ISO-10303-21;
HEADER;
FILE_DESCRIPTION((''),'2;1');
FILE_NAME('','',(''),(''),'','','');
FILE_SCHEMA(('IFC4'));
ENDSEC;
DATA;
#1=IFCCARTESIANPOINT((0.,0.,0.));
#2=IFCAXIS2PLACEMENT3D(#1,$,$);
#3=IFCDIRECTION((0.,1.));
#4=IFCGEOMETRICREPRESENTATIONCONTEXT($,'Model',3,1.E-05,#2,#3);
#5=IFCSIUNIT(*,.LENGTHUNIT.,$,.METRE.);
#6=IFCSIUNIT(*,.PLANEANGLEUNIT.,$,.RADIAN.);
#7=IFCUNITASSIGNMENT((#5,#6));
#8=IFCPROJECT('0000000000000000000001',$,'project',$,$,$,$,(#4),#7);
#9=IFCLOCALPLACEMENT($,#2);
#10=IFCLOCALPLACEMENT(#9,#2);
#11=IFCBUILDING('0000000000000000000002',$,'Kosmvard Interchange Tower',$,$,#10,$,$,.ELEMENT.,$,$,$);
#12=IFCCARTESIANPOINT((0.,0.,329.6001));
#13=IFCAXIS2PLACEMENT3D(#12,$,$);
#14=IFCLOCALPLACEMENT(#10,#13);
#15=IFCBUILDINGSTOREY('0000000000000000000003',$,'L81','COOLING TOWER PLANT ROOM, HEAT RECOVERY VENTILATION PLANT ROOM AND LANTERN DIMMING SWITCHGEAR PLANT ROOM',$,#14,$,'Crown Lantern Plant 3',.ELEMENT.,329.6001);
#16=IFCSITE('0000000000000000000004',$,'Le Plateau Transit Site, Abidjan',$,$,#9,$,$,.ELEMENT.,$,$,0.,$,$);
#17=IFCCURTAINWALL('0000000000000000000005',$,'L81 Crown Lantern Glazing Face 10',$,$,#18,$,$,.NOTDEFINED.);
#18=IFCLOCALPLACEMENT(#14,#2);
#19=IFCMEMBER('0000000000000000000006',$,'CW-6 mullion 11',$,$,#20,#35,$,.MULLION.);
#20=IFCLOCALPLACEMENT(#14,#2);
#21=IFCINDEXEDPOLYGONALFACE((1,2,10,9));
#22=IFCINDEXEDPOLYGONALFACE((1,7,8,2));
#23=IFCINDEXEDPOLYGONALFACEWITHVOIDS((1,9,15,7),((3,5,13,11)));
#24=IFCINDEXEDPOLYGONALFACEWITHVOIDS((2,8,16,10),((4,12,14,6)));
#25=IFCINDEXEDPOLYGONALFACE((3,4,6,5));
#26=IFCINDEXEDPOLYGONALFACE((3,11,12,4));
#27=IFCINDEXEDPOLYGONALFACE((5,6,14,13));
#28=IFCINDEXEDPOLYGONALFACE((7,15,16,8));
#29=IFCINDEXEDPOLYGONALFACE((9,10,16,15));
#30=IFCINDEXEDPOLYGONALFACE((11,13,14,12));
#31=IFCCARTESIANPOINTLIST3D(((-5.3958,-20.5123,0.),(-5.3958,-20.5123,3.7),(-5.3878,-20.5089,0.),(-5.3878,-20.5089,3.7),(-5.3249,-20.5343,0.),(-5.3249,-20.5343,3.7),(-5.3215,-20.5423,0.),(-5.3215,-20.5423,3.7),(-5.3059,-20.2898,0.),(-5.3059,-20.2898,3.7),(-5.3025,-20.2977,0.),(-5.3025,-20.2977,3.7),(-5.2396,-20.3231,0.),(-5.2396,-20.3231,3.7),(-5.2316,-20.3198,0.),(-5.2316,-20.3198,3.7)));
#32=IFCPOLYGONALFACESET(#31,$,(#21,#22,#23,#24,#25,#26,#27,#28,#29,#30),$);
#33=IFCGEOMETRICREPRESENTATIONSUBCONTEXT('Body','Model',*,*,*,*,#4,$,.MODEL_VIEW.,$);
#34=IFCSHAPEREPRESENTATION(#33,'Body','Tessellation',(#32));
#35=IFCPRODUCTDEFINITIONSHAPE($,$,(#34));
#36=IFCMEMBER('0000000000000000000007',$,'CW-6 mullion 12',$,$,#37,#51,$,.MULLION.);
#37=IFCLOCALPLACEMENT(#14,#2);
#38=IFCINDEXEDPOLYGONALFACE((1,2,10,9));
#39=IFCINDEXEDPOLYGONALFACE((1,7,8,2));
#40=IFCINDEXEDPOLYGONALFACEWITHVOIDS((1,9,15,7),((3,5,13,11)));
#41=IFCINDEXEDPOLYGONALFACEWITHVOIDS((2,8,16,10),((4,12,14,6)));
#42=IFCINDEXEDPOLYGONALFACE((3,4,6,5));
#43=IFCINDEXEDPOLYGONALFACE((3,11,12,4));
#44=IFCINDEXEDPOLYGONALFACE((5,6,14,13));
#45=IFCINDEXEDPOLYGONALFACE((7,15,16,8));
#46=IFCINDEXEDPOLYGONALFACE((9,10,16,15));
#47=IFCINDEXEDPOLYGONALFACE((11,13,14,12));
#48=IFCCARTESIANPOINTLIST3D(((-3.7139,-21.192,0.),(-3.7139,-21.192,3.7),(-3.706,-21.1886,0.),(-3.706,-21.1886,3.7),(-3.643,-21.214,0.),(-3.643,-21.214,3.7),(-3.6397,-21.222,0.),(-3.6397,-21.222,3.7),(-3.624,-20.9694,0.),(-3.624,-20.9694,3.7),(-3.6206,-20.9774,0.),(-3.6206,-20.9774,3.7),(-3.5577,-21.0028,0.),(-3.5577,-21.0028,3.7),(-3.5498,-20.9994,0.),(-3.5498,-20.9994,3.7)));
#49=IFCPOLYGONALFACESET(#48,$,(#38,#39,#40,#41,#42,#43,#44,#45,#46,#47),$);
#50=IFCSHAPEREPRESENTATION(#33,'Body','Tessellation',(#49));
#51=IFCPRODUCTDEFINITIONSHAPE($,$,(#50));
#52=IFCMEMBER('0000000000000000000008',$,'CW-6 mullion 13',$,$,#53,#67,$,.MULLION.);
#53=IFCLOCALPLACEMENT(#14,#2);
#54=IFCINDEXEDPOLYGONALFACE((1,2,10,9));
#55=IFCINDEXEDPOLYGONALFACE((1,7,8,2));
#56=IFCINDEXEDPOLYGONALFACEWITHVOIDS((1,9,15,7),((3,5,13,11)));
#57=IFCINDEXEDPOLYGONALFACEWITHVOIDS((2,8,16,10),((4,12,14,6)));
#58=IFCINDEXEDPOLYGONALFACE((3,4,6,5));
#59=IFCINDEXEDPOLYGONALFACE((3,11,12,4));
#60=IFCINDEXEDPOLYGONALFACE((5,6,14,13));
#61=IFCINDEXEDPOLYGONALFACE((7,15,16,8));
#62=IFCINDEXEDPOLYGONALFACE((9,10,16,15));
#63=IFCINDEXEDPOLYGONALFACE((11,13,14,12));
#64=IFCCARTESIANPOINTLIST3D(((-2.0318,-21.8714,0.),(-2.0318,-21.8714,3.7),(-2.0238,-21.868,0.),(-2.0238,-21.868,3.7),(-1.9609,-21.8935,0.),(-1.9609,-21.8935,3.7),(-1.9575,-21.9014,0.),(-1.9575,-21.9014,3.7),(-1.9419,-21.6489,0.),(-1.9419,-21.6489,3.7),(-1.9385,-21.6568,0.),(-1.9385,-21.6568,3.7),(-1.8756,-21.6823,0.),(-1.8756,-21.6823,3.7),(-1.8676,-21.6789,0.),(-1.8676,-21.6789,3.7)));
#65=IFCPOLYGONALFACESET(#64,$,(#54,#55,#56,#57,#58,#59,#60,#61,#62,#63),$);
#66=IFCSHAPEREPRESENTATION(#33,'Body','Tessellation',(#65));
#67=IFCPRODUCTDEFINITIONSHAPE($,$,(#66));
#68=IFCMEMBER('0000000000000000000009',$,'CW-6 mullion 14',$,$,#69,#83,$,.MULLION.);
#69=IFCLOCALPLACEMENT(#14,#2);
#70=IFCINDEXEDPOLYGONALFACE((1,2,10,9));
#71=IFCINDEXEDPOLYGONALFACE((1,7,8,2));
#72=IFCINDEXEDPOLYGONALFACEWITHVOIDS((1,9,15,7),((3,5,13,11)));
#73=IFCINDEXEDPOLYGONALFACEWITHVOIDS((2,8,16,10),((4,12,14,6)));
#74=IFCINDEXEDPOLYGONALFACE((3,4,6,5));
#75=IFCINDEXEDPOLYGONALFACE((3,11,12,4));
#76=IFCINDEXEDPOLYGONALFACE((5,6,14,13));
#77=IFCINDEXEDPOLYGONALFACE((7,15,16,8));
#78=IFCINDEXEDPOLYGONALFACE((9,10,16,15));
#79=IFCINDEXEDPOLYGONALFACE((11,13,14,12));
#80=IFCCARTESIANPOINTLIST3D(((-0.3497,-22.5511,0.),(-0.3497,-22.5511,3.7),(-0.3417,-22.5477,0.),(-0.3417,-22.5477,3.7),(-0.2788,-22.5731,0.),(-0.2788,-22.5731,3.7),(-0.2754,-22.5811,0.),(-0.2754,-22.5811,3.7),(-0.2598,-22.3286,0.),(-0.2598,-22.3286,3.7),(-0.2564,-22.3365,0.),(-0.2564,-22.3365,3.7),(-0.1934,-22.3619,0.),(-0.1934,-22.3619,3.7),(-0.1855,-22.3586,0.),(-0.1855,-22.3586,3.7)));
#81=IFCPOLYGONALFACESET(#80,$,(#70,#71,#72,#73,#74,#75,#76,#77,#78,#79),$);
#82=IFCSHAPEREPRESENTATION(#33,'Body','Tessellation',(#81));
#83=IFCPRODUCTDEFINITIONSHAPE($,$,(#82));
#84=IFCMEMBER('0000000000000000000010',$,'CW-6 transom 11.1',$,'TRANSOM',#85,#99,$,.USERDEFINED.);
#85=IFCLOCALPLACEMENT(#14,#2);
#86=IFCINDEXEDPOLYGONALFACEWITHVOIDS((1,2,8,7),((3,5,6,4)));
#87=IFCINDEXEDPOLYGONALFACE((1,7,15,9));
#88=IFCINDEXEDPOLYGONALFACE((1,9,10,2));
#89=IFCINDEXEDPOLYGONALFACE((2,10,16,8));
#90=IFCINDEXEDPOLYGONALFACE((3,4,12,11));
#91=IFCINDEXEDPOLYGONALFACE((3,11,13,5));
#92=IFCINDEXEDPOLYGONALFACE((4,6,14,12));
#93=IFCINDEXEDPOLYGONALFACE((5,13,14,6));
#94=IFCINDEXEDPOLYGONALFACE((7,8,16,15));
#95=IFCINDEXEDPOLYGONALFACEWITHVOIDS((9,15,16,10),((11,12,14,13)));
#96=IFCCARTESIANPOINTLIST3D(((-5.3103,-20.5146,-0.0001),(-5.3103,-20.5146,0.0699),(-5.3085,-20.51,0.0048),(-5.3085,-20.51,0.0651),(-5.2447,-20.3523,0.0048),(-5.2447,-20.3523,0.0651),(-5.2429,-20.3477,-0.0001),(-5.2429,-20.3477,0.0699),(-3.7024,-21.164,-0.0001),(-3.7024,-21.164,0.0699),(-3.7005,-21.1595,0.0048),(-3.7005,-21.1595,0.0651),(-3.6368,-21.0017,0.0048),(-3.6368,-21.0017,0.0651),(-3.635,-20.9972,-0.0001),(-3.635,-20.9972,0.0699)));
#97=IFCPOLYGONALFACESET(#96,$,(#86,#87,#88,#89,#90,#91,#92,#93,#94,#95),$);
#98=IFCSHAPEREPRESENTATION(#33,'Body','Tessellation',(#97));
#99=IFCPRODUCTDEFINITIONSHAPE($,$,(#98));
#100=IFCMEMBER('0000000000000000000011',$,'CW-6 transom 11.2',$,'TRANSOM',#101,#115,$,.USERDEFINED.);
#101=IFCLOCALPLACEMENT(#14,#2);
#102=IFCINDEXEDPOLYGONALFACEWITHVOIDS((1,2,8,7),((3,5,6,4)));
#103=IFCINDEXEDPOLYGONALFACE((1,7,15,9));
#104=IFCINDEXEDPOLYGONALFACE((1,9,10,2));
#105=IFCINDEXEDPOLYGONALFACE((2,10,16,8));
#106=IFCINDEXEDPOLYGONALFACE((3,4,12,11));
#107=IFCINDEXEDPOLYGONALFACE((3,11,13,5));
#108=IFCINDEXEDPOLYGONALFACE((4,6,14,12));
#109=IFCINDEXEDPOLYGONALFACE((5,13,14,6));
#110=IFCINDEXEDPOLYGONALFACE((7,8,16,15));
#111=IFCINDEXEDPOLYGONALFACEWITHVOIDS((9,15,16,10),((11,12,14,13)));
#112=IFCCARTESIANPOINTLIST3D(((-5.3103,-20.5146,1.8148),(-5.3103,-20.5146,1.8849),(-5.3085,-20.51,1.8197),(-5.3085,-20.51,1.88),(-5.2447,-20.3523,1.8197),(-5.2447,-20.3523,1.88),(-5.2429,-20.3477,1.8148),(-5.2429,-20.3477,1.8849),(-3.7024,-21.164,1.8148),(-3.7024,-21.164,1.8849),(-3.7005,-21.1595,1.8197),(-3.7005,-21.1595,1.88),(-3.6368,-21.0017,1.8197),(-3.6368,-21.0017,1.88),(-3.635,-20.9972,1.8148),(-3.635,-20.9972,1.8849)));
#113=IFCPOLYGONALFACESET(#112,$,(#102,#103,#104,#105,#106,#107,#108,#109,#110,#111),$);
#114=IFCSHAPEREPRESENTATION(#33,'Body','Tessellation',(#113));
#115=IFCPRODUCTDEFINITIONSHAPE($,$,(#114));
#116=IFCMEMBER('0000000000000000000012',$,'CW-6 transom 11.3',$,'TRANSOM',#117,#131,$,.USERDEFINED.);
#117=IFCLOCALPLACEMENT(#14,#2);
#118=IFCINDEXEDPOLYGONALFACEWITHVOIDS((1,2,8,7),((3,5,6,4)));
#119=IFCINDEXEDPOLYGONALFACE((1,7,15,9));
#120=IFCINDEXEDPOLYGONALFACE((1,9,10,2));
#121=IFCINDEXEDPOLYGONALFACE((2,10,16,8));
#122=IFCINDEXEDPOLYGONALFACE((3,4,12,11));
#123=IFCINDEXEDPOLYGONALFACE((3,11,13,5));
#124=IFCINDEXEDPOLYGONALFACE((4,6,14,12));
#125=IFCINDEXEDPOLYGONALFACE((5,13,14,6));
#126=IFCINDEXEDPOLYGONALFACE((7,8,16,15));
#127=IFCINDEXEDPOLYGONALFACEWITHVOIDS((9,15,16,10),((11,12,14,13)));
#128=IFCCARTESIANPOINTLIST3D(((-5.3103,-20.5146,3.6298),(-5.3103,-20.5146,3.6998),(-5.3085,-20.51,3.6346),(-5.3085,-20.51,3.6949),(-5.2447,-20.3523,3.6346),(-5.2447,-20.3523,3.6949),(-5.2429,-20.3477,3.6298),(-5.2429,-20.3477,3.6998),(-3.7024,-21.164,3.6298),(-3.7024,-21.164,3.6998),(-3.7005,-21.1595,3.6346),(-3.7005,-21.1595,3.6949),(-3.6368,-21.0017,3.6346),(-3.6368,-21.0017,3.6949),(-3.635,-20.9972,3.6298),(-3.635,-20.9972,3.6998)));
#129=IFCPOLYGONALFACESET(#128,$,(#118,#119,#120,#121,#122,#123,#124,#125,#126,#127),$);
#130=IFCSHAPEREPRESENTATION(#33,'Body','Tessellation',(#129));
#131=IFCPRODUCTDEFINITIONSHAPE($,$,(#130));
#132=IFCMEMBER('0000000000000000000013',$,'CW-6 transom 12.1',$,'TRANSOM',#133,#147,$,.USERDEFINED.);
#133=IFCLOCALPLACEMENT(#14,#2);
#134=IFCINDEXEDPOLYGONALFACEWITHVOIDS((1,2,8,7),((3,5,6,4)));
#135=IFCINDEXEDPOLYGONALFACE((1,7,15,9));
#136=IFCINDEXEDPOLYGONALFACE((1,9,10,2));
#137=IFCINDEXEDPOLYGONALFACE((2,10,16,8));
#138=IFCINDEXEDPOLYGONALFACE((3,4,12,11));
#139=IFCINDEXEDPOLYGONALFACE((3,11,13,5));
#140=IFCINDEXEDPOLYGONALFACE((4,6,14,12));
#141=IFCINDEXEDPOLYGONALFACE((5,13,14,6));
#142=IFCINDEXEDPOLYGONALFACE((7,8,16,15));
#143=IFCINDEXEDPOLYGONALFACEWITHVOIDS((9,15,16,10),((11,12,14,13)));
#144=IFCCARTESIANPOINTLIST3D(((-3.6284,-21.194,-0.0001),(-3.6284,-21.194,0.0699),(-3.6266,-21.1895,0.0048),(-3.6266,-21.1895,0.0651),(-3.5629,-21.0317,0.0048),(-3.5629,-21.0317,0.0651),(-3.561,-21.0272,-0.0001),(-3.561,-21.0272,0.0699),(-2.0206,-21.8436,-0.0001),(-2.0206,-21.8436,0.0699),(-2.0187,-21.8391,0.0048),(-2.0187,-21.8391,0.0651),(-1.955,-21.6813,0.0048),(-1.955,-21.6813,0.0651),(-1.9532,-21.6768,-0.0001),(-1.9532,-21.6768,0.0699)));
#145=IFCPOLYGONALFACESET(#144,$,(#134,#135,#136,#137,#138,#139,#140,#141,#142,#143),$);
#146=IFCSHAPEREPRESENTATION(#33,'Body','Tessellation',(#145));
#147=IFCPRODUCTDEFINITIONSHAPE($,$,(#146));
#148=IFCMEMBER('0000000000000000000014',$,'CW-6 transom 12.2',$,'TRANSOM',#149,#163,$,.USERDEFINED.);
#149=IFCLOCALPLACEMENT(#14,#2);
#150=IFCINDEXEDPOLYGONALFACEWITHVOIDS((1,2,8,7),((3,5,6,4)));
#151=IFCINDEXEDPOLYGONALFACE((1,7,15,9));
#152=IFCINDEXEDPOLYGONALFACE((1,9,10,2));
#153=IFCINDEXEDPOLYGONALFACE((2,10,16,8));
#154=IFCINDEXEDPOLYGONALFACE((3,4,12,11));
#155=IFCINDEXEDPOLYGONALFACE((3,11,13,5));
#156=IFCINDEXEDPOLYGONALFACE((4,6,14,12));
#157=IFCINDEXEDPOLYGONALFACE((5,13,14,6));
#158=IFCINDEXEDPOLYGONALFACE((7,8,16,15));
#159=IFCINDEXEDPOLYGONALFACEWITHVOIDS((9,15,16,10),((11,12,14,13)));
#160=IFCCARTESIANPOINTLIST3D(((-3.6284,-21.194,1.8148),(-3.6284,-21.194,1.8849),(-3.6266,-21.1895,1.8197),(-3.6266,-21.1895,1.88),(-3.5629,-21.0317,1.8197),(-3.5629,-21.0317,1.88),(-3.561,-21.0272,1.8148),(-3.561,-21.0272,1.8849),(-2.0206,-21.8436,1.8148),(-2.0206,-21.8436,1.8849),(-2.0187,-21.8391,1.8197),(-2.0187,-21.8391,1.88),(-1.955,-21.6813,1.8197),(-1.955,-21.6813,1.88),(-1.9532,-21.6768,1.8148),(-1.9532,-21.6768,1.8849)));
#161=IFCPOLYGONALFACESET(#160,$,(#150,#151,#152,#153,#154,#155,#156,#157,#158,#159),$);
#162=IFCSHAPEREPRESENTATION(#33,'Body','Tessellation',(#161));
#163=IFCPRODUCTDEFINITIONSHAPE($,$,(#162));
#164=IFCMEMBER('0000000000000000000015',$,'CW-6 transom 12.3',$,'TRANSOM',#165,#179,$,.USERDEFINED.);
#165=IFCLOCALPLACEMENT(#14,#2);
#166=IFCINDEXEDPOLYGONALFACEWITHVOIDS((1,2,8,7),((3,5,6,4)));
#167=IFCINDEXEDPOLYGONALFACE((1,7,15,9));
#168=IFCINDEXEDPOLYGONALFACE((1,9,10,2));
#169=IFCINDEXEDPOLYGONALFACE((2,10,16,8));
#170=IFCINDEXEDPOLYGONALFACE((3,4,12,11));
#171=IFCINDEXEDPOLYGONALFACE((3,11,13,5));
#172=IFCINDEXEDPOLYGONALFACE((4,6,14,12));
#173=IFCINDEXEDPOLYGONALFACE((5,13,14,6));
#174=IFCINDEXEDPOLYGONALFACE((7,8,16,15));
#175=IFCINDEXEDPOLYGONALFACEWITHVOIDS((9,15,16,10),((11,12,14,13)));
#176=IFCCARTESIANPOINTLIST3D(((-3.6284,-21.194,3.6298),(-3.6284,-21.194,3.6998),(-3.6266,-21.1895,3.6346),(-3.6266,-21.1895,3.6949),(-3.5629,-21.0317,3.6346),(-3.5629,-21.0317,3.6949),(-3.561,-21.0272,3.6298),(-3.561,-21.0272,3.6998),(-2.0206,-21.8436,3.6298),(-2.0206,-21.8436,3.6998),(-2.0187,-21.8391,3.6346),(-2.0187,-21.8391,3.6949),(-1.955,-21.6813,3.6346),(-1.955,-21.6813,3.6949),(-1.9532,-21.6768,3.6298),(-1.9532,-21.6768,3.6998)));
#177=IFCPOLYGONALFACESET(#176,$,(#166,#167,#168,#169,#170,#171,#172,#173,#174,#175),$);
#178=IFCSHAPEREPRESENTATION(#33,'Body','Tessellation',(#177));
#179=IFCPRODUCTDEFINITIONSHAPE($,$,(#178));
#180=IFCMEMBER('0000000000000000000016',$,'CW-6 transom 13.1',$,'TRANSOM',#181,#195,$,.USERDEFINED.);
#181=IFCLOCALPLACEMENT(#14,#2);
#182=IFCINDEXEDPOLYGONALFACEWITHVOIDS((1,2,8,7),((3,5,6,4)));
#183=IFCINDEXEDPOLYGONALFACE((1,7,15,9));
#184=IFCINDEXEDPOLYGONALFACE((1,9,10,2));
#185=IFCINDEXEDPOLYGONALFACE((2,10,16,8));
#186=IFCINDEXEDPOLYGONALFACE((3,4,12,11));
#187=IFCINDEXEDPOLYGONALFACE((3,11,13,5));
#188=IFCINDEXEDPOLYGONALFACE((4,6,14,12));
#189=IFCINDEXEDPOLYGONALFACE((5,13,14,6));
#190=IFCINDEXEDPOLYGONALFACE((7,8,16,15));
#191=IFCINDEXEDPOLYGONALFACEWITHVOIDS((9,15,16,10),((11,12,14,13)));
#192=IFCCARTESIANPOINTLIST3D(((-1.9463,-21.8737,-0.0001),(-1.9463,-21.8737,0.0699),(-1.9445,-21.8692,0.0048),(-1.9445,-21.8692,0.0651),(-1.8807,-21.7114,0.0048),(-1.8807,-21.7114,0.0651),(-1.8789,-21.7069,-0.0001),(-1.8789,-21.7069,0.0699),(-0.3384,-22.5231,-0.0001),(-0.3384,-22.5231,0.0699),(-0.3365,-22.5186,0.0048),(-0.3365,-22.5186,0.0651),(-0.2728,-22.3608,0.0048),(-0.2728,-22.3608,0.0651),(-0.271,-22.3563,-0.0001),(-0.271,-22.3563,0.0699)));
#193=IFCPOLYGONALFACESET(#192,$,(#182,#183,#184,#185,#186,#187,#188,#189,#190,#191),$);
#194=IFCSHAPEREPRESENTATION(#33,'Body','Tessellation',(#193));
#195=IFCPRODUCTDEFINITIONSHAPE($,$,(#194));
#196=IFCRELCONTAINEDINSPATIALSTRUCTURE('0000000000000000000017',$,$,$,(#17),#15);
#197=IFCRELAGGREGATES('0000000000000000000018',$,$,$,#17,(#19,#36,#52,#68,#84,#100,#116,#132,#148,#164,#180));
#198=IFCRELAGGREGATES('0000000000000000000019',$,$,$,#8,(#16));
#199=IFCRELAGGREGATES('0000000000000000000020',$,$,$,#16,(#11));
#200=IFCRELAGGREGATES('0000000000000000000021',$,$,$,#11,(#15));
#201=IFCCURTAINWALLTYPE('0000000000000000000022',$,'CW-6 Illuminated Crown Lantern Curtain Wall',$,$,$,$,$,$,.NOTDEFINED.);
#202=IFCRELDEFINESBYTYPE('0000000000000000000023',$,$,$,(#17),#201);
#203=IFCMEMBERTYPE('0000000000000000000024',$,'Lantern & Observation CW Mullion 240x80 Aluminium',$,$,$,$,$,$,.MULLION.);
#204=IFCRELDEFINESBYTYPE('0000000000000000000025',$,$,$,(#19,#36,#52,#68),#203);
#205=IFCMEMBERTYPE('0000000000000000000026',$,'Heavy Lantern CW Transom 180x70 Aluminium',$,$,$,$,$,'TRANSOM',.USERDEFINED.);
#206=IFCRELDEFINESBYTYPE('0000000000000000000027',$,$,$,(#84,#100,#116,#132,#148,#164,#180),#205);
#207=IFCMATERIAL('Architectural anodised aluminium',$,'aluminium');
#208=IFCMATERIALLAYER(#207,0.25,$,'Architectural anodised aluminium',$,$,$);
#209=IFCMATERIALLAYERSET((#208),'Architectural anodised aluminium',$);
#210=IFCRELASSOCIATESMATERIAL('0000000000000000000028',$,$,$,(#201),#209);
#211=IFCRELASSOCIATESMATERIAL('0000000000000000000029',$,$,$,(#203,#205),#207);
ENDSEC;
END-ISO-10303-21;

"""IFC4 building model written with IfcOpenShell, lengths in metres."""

from ifc_helpers import new_model, si_unit, direction, frame, origin, origin_2d, place, context, subcontext, project, spatial, hollow_rectangle, extrude, source, transform, mapped, material, layer, layer_set, material_profile, profile_set, type_object, element, aggregate, save


model = new_model("IFC4")

# Units and contexts
model_context = context("Model", 3, precision=1e-05, world=origin(), true_north=direction((0.0, 1.0)))
body_context = subcontext(model_context, "Body", "Model", "MODEL_VIEW")
ifc_project = project(units=[si_unit("LENGTHUNIT", "METRE"), si_unit("PLANEANGLEUNIT", "RADIAN")], contexts=[model_context])

# Site, building, storey
site_placement = place(None, origin())
site = spatial("IfcSite", under=ifc_project, at=site_placement, Name="Le Plateau Transit Site, Abidjan", CompositionType="ELEMENT", RefElevation=0.0)
building_placement = place(site_placement, origin())
building = spatial("IfcBuilding", under=site, at=building_placement, Name="Kosmvard Interchange Tower", CompositionType="ELEMENT")
storey_placement = place(building_placement, frame((0.0, 0.0, 329.6001)))
storey = spatial("IfcBuildingStorey", under=building, at=storey_placement, Name="L81", Description="COOLING TOWER PLANT ROOM, HEAT RECOVERY VENTILATION PLANT ROOM AND LANTERN DIMMING SWITCHGEAR PLANT ROOM", LongName="Crown Lantern Plant 3", CompositionType="ELEMENT", Elevation=329.6001)

# Curtain wall, members
ifc_material_1 = material(Name="Architectural anodised aluminium", Category="aluminium")
ifc_layer_1 = layer(ifc_material_1, 0.25, Name="Architectural anodised aluminium")
ifc_layer_set_1 = layer_set([ifc_layer_1], Name="Architectural anodised aluminium")
curtain_wall_type = type_object("IfcCurtainWallType", Name="CW-6 Illuminated Crown Lantern Curtain Wall", PredefinedType="NOTDEFINED", material=ifc_layer_set_1)
curtain_wall_placement = place(storey_placement, origin())
curtain_wall = element("IfcCurtainWall", 1, at=curtain_wall_placement, inside=storey, type_object=curtain_wall_type, Name="L81 Crown Lantern Glazing Face 10", PredefinedType="NOTDEFINED")
ifc_material_profile_1 = material_profile(ifc_material_1, hollow_rectangle(XDim=0.24, YDim=0.0801, WallThickness=0.0061, at=origin_2d()), Name="CWM 240x80x6")
ifc_profile_set_1 = profile_set([ifc_material_profile_1], Name="Architectural anodised aluminium")
member_type_1 = type_object("IfcMemberType", Name="Lantern & Observation CW Mullion 240x80 Aluminium", PredefinedType="MULLION", material=ifc_profile_set_1)
shared_shape_1 = source(origin(), body_context, "Body", "SweptSolid", [
    extrude(hollow_rectangle(XDim=0.24, YDim=0.0801, WallThickness=0.0061, at=origin_2d()), origin(), (0.0, 0.0, 1.0), 3.7),
])
member_1_placement = place(storey_placement, frame((-5.3137, -20.416, 0.0), z_axis=(0.0, 0.0, 1.0), x_axis=(0.374607, 0.927184, 0.0)))
member_1 = element("IfcMember", 2, at=member_1_placement, type_object=member_type_1, Name="CW-6 mullion 11", PredefinedType="MULLION", context=body_context, shape_type="MappedRepresentation", body=[
    mapped(shared_shape_1, transform((0.0, 0.0, 0.0), scale=1.0)),
])
member_2_placement = place(storey_placement, frame((-3.6318, -21.0957, 0.0), z_axis=(0.0, 0.0, 1.0), x_axis=(0.374607, 0.927184, 0.0)))
member_2 = element("IfcMember", 3, at=member_2_placement, type_object=member_type_1, Name="CW-6 mullion 12", PredefinedType="MULLION", context=body_context, shape_type="MappedRepresentation", body=[
    mapped(shared_shape_1, transform((0.0, 0.0, 0.0), scale=1.0)),
])
member_3_placement = place(storey_placement, frame((-1.9497, -21.7751, 0.0), z_axis=(0.0, 0.0, 1.0), x_axis=(0.374607, 0.927184, 0.0)))
member_3 = element("IfcMember", 4, at=member_3_placement, type_object=member_type_1, Name="CW-6 mullion 13", PredefinedType="MULLION", context=body_context, shape_type="MappedRepresentation", body=[
    mapped(shared_shape_1, transform((0.0, 0.0, 0.0), scale=1.0)),
])
member_4_placement = place(storey_placement, frame((-0.2676, -22.4548, 0.0), z_axis=(0.0, 0.0, 1.0), x_axis=(0.374607, 0.927184, 0.0)))
member_4 = element("IfcMember", 5, at=member_4_placement, type_object=member_type_1, Name="CW-6 mullion 14", PredefinedType="MULLION", context=body_context, shape_type="MappedRepresentation", body=[
    mapped(shared_shape_1, transform((0.0, 0.0, 0.0), scale=1.0)),
])
ifc_material_profile_2 = material_profile(ifc_material_1, hollow_rectangle(XDim=0.1799, YDim=0.0701, WallThickness=0.0049, at=origin_2d()), Name="CWT 180x70x5")
ifc_profile_set_2 = profile_set([ifc_material_profile_2], Name="Architectural anodised aluminium")
member_type_2 = type_object("IfcMemberType", Name="Heavy Lantern CW Transom 180x70 Aluminium", ElementType="TRANSOM", PredefinedType="USERDEFINED", material=ifc_profile_set_2)
shared_shape_2 = source(origin(), body_context, "Body", "SweptSolid", [
    extrude(hollow_rectangle(XDim=0.1799, YDim=0.0701, WallThickness=0.0049, at=origin_2d()), origin(), (0.0, 0.0, 1.0), 1.7341),
])
member_5_placement = place(storey_placement, frame((-5.2766, -20.4312, 0.0349), z_axis=(0.927229, -0.374496, 0.0), x_axis=(0.374496, 0.927229, 0.0)))
member_5 = element("IfcMember", 6, at=member_5_placement, type_object=member_type_2, Name="CW-6 transom 11.1", ObjectType="TRANSOM", PredefinedType="USERDEFINED", context=body_context, shape_type="MappedRepresentation", body=[
    mapped(shared_shape_2, transform((0.0, 0.0, 0.0), scale=1.0)),
])
member_6_placement = place(storey_placement, frame((-5.2766, -20.4312, 1.8499), z_axis=(0.927229, -0.374496, 0.0), x_axis=(0.374496, 0.927229, 0.0)))
member_6 = element("IfcMember", 7, at=member_6_placement, type_object=member_type_2, Name="CW-6 transom 11.2", ObjectType="TRANSOM", PredefinedType="USERDEFINED", context=body_context, shape_type="MappedRepresentation", body=[
    mapped(shared_shape_2, transform((0.0, 0.0, 0.0), scale=1.0)),
])
member_7_placement = place(storey_placement, frame((-5.2766, -20.4312, 3.6648), z_axis=(0.927229, -0.374496, 0.0), x_axis=(0.374496, 0.927229, 0.0)))
member_7 = element("IfcMember", 8, at=member_7_placement, type_object=member_type_2, Name="CW-6 transom 11.3", ObjectType="TRANSOM", PredefinedType="USERDEFINED", context=body_context, shape_type="MappedRepresentation", body=[
    mapped(shared_shape_2, transform((0.0, 0.0, 0.0), scale=1.0)),
])
member_8_placement = place(storey_placement, frame((-3.5947, -21.1106, 0.0349), z_axis=(0.92718, -0.374617, 0.0), x_axis=(0.374617, 0.92718, 0.0)))
member_8 = element("IfcMember", 9, at=member_8_placement, type_object=member_type_2, Name="CW-6 transom 12.1", ObjectType="TRANSOM", PredefinedType="USERDEFINED", context=body_context, shape_type="MappedRepresentation", body=[
    mapped(shared_shape_2, transform((0.0, 0.0, 0.0), scale=1.0)),
])
member_9_placement = place(storey_placement, frame((-3.5947, -21.1106, 1.8499), z_axis=(0.92718, -0.374617, 0.0), x_axis=(0.374617, 0.92718, 0.0)))
member_9 = element("IfcMember", 10, at=member_9_placement, type_object=member_type_2, Name="CW-6 transom 12.2", ObjectType="TRANSOM", PredefinedType="USERDEFINED", context=body_context, shape_type="MappedRepresentation", body=[
    mapped(shared_shape_2, transform((0.0, 0.0, 0.0), scale=1.0)),
])
member_10_placement = place(storey_placement, frame((-3.5947, -21.1106, 3.6648), z_axis=(0.92718, -0.374617, 0.0), x_axis=(0.374617, 0.92718, 0.0)))
member_10 = element("IfcMember", 11, at=member_10_placement, type_object=member_type_2, Name="CW-6 transom 12.3", ObjectType="TRANSOM", PredefinedType="USERDEFINED", context=body_context, shape_type="MappedRepresentation", body=[
    mapped(shared_shape_2, transform((0.0, 0.0, 0.0), scale=1.0)),
])
member_11_placement = place(storey_placement, frame((-1.9126, -21.7903, 0.0349), z_axis=(0.927229, -0.374496, 0.0), x_axis=(0.374496, 0.927229, 0.0)))
member_11 = element("IfcMember", 12, at=member_11_placement, type_object=member_type_2, Name="CW-6 transom 13.1", ObjectType="TRANSOM", PredefinedType="USERDEFINED", context=body_context, shape_type="MappedRepresentation", body=[
    mapped(shared_shape_2, transform((0.0, 0.0, 0.0), scale=1.0)),
])
aggregate(curtain_wall, [member_1, member_2, member_3, member_4, member_5, member_6, member_7, member_8, member_9, member_10, member_11])

save(model, "model.ifc")
